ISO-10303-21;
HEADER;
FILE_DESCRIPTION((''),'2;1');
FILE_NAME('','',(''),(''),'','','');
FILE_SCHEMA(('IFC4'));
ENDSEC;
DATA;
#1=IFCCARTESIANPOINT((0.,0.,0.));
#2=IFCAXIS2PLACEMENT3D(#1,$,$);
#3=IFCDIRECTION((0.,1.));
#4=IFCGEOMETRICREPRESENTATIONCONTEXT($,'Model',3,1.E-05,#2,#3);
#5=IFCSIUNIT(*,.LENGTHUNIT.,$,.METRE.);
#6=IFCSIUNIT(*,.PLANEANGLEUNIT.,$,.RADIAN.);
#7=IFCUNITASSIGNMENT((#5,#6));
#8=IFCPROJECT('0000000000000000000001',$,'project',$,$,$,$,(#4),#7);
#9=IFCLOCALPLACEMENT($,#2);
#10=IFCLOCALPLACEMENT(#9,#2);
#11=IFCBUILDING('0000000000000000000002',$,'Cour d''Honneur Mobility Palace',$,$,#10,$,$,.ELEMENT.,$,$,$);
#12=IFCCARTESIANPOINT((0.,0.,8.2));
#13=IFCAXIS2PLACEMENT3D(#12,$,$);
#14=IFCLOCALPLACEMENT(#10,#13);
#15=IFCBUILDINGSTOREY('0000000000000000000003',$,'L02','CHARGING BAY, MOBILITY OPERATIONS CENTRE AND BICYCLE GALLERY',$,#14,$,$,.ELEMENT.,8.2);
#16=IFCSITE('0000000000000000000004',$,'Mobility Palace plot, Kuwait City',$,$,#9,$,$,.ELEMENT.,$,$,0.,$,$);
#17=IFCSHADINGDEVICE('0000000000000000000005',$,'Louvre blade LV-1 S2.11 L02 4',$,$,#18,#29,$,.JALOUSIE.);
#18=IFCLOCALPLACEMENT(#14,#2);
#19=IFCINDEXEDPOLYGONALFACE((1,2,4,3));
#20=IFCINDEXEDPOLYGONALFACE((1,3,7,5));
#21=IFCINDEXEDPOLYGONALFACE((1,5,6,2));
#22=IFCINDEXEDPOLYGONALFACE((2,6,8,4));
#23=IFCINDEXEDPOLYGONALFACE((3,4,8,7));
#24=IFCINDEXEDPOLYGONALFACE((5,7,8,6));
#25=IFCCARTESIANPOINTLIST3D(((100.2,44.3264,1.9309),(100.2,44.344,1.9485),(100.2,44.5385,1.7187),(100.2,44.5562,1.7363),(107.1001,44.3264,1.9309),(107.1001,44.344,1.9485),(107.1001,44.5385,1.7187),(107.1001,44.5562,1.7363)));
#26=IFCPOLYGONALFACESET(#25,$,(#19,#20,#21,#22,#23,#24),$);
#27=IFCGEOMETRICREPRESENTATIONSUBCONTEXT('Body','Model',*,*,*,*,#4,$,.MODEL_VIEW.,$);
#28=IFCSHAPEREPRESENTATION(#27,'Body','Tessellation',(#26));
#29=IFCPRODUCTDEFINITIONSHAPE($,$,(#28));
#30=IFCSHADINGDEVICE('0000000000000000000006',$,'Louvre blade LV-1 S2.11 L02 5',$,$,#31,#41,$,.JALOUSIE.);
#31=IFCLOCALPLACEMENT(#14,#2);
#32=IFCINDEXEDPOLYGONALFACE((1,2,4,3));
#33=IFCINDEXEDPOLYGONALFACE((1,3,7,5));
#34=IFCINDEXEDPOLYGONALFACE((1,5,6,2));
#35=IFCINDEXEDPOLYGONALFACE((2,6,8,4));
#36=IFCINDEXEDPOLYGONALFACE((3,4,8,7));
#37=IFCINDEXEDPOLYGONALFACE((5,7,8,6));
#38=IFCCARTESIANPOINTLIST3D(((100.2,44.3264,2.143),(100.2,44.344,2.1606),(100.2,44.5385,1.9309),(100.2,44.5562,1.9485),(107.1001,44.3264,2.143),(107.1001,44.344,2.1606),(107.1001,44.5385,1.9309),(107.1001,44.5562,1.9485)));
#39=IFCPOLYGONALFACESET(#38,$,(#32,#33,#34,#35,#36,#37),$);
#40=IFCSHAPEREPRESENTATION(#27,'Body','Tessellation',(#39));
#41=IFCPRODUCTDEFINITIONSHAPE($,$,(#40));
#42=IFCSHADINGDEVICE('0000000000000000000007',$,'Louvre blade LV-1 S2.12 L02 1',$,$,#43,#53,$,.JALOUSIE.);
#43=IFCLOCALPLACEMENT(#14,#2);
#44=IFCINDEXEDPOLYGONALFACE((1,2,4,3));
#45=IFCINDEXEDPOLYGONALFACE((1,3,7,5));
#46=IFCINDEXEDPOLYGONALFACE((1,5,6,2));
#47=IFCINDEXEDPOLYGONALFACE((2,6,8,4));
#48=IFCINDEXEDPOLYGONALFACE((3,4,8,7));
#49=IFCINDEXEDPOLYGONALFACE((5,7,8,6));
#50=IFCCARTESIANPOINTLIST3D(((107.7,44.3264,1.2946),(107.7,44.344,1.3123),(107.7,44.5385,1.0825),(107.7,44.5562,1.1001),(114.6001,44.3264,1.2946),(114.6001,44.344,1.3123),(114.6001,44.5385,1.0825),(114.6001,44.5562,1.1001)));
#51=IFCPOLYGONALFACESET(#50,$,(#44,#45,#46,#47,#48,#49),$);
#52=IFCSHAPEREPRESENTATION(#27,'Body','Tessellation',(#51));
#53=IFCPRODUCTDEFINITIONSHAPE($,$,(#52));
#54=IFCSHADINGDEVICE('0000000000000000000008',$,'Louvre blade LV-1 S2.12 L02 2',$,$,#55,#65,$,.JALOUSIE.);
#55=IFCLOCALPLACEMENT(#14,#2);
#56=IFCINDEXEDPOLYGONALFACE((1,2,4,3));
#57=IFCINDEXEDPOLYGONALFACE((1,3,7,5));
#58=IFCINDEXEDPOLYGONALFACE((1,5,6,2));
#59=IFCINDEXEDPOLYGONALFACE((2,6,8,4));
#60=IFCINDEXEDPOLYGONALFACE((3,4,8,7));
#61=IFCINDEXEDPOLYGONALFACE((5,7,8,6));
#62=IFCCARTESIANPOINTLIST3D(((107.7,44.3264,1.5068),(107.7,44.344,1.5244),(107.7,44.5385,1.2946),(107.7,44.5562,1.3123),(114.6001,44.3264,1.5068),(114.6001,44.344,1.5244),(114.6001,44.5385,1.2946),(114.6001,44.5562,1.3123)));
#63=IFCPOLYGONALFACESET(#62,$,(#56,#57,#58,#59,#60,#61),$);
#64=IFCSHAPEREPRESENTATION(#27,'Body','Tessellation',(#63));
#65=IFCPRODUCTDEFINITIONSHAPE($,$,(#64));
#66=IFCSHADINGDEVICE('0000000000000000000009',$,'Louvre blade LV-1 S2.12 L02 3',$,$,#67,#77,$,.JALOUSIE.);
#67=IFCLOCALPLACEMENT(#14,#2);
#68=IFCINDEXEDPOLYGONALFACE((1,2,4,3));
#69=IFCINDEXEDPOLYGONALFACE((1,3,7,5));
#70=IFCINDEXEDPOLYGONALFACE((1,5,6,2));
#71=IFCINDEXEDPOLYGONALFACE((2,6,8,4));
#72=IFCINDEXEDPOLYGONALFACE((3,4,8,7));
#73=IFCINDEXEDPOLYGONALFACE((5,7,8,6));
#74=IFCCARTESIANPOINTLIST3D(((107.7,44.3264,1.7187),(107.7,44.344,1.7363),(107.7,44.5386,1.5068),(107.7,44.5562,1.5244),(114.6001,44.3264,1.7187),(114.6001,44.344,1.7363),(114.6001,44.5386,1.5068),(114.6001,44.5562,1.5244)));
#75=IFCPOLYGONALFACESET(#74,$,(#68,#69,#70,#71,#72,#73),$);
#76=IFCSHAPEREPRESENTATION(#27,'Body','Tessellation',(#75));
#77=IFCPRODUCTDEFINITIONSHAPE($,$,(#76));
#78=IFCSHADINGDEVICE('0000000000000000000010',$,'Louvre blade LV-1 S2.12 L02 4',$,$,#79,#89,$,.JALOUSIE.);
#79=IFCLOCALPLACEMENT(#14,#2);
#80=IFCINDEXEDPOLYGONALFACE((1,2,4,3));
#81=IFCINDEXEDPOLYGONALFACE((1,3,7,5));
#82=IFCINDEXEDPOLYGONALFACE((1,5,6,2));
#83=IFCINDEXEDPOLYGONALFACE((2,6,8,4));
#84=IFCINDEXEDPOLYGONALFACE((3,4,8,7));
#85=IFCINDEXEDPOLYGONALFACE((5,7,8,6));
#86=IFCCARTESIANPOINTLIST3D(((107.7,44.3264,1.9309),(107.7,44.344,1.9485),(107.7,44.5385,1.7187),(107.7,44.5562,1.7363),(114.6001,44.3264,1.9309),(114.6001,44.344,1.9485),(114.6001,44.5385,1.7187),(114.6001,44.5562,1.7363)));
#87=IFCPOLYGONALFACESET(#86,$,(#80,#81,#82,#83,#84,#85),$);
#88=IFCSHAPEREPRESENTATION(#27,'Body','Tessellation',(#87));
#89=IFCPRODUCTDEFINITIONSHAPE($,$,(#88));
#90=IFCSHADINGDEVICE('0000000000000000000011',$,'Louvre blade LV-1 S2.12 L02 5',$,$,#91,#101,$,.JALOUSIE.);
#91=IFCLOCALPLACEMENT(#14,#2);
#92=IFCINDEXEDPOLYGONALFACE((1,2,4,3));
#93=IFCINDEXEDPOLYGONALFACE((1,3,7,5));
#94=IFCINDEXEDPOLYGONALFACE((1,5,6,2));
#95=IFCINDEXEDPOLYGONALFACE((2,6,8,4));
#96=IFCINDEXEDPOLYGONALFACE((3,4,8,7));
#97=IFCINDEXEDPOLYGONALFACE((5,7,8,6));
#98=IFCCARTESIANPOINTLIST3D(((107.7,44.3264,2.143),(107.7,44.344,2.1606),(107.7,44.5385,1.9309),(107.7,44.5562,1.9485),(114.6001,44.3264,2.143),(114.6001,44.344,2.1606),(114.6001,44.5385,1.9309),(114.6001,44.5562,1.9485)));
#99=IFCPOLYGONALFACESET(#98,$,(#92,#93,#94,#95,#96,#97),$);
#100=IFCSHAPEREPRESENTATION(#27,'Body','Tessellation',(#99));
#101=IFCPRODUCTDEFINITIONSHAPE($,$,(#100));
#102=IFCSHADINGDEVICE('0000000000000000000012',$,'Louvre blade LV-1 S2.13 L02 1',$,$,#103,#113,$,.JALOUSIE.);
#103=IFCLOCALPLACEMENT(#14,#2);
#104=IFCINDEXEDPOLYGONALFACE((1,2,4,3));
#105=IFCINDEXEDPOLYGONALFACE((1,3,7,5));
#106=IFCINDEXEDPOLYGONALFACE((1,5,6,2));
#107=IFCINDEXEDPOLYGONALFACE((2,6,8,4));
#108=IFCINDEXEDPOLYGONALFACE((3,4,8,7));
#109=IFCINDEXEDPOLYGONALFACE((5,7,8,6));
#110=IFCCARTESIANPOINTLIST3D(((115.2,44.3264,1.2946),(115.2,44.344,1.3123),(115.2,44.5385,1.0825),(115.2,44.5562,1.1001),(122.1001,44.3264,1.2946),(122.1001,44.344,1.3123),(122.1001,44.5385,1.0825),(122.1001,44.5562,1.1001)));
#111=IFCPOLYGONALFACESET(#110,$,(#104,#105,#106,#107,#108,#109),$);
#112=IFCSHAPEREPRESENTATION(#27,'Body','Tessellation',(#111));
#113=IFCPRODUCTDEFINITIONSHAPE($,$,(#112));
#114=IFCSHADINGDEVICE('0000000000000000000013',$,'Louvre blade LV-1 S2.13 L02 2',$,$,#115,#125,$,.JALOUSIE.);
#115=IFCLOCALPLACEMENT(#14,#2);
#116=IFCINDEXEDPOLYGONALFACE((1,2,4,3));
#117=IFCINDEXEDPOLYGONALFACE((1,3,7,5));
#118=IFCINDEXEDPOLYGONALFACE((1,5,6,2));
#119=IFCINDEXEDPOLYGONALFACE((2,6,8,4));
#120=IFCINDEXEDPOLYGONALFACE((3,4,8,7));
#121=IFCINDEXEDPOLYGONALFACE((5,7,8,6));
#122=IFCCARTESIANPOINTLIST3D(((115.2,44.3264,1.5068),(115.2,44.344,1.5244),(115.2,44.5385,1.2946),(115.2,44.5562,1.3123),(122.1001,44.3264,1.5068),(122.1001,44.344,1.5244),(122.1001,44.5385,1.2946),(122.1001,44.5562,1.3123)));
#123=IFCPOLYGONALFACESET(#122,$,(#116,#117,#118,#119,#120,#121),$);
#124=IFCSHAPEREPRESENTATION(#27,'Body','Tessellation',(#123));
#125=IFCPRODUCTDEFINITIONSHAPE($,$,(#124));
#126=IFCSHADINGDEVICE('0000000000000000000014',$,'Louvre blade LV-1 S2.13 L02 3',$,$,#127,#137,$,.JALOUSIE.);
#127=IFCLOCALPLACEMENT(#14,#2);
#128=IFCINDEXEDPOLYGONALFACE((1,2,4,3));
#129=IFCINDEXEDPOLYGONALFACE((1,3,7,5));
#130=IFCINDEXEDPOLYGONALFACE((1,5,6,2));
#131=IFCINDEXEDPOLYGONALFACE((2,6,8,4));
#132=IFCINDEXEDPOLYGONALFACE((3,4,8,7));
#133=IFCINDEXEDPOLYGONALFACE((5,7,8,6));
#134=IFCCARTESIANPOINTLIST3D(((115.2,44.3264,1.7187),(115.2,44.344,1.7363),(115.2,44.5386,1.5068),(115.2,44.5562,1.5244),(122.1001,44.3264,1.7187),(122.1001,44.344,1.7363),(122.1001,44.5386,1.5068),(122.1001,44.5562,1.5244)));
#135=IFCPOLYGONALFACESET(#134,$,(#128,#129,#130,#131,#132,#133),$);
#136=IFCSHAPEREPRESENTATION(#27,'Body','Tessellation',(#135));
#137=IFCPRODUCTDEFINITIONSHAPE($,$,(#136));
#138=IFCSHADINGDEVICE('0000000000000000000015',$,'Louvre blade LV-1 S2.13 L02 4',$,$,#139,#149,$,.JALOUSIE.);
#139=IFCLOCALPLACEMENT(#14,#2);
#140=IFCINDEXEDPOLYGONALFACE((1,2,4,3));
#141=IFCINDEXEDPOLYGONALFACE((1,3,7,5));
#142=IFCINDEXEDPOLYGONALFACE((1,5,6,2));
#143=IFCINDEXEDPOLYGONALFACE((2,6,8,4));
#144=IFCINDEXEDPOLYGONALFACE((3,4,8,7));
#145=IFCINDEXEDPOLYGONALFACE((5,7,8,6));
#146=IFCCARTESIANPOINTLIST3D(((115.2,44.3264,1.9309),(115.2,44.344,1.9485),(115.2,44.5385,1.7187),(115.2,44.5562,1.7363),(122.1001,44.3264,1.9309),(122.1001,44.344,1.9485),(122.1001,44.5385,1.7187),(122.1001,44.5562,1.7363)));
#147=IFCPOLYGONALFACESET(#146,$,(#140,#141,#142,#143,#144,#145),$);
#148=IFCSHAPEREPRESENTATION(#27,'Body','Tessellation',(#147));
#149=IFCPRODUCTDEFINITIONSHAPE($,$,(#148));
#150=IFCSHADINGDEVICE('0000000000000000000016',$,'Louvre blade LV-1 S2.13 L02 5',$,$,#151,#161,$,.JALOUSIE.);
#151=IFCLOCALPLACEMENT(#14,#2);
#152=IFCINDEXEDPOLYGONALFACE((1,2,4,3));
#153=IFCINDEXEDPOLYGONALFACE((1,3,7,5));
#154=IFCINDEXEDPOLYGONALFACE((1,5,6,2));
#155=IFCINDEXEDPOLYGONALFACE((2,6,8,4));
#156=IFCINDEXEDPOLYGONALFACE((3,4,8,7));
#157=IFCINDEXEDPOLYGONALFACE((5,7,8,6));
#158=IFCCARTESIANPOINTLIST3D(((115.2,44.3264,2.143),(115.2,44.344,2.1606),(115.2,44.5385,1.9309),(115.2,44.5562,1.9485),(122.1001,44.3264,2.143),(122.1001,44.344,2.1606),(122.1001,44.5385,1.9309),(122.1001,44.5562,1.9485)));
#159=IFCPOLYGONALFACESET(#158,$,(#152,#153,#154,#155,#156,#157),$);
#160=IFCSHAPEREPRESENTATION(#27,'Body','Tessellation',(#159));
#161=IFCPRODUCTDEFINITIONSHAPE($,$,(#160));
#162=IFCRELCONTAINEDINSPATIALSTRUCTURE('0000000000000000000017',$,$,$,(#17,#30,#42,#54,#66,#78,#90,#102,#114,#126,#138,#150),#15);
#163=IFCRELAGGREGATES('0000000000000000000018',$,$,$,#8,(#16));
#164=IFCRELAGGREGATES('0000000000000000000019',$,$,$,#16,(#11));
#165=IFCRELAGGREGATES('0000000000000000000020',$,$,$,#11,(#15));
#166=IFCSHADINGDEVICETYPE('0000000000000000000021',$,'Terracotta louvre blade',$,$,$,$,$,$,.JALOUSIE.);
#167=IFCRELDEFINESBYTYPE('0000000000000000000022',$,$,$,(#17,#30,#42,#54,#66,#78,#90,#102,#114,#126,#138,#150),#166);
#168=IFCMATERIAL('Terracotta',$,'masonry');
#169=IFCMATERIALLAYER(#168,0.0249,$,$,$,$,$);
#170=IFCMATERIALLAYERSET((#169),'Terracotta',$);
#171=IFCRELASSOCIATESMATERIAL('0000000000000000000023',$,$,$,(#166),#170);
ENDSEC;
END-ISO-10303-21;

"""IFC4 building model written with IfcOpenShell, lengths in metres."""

from ifc_helpers import new_model, si_unit, direction, frame, origin, place, context, subcontext, project, spatial, polyline, outline, extrude, material, layer, layer_set, type_object, element, save


model = new_model("IFC4")

# Units and contexts
model_context = context("Model", 3, precision=1e-05, world=origin(), true_north=direction((0.0, 1.0)))
body_context = subcontext(model_context, "Body", "Model", "MODEL_VIEW")
ifc_project = project(units=[si_unit("LENGTHUNIT", "METRE"), si_unit("PLANEANGLEUNIT", "RADIAN")], contexts=[model_context])

# Site, building, storey
site_placement = place(None, origin())
site = spatial("IfcSite", under=ifc_project, at=site_placement, Name="Mobility Palace plot, Kuwait City", CompositionType="ELEMENT", RefElevation=0.0)
building_placement = place(site_placement, origin())
building = spatial("IfcBuilding", under=site, at=building_placement, Name="Cour d'Honneur Mobility Palace", CompositionType="ELEMENT")
storey_placement = place(building_placement, frame((0.0, 0.0, 8.2)))
storey = spatial("IfcBuildingStorey", under=building, at=storey_placement, Name="L02", Description="CHARGING BAY, MOBILITY OPERATIONS CENTRE AND BICYCLE GALLERY", CompositionType="ELEMENT", Elevation=8.2)

# Shading devices
ifc_material_1 = material(Name="Terracotta", Category="masonry")
ifc_layer_1 = layer(ifc_material_1, 0.0249)
ifc_layer_set_1 = layer_set([ifc_layer_1], Name="Terracotta")
shading_device_type = type_object("IfcShadingDeviceType", Name="Terracotta louvre blade", PredefinedType="JALOUSIE", material=ifc_layer_set_1)
for number, where, z_axis, x_axis, name in (
    (1, (100.2, 44.5562, 1.7363), (0.0, 0.707107, 0.707107), (1.0, 0.0, 0.0), "Louvre blade LV-1 S2.11 L02 4"),
    (2, (100.2, 44.5562, 1.9485), (0.0, 0.707107, 0.707107), (1.0, 0.0, 0.0), "Louvre blade LV-1 S2.11 L02 5"),
    (3, (107.7, 44.5562, 1.1001), (0.0, 0.707107, 0.707107), (1.0, 0.0, 0.0), "Louvre blade LV-1 S2.12 L02 1"),
    (4, (107.7, 44.5562, 1.3123), (0.0, 0.707107, 0.707107), (1.0, 0.0, 0.0), "Louvre blade LV-1 S2.12 L02 2"),
):
    element("IfcShadingDevice", number, at=place(storey_placement, frame(where, z_axis=z_axis, x_axis=x_axis)), inside=storey, type_object=shading_device_type, Name=name, PredefinedType="JALOUSIE", context=body_context, shape_type="SweptSolid", body=[
        extrude(outline(polyline([(0.0, 0.0), (6.9001, 0.0), (6.9001, -0.3), (0.0, -0.3), (0.0, 0.0)])), origin(), (0.0, 0.0, -1.0), 0.0249),
    ])
shading_device_1_placement = place(storey_placement, frame((107.7, 44.5562, 1.5244), z_axis=(0.0, 0.7067, 0.707514), x_axis=(1.0, 0.0, 0.0)))
element("IfcShadingDevice", 5, at=shading_device_1_placement, inside=storey, type_object=shading_device_type, Name="Louvre blade LV-1 S2.12 L02 3", PredefinedType="JALOUSIE", context=body_context, shape_type="SweptSolid", body=[
    extrude(outline(polyline([(0.0, 0.0), (6.9001, 0.0), (6.9001, -0.2999), (0.0, -0.2999), (0.0, 0.0)])), origin(), (0.0, 0.0, -1.0), 0.0249),
])
for number, where, z_axis, x_axis, name in (
    (6, (107.7, 44.5562, 1.7363), (0.0, 0.707107, 0.707107), (1.0, 0.0, 0.0), "Louvre blade LV-1 S2.12 L02 4"),
    (7, (107.7, 44.5562, 1.9485), (0.0, 0.707107, 0.707107), (1.0, 0.0, 0.0), "Louvre blade LV-1 S2.12 L02 5"),
    (8, (115.2, 44.5562, 1.1001), (0.0, 0.707107, 0.707107), (1.0, 0.0, 0.0), "Louvre blade LV-1 S2.13 L02 1"),
    (9, (115.2, 44.5562, 1.3123), (0.0, 0.707107, 0.707107), (1.0, 0.0, 0.0), "Louvre blade LV-1 S2.13 L02 2"),
):
    element("IfcShadingDevice", number, at=place(storey_placement, frame(where, z_axis=z_axis, x_axis=x_axis)), inside=storey, type_object=shading_device_type, Name=name, PredefinedType="JALOUSIE", context=body_context, shape_type="SweptSolid", body=[
        extrude(outline(polyline([(0.0, 0.0), (6.9001, 0.0), (6.9001, -0.3), (0.0, -0.3), (0.0, 0.0)])), origin(), (0.0, 0.0, -1.0), 0.0249),
    ])
shading_device_2_placement = place(storey_placement, frame((115.2, 44.5562, 1.5244), z_axis=(0.0, 0.7067, 0.707514), x_axis=(1.0, 0.0, 0.0)))
element("IfcShadingDevice", 10, at=shading_device_2_placement, inside=storey, type_object=shading_device_type, Name="Louvre blade LV-1 S2.13 L02 3", PredefinedType="JALOUSIE", context=body_context, shape_type="SweptSolid", body=[
    extrude(outline(polyline([(0.0, 0.0), (6.9001, 0.0), (6.9001, -0.2999), (0.0, -0.2999), (0.0, 0.0)])), origin(), (0.0, 0.0, -1.0), 0.0249),
])
for number, where, z_axis, x_axis, name in (
    (11, (115.2, 44.5562, 1.7363), (0.0, 0.707107, 0.707107), (1.0, 0.0, 0.0), "Louvre blade LV-1 S2.13 L02 4"),
    (12, (115.2, 44.5562, 1.9485), (0.0, 0.707107, 0.707107), (1.0, 0.0, 0.0), "Louvre blade LV-1 S2.13 L02 5"),
):
    element("IfcShadingDevice", number, at=place(storey_placement, frame(where, z_axis=z_axis, x_axis=x_axis)), inside=storey, type_object=shading_device_type, Name=name, PredefinedType="JALOUSIE", context=body_context, shape_type="SweptSolid", body=[
        extrude(outline(polyline([(0.0, 0.0), (6.9001, 0.0), (6.9001, -0.3), (0.0, -0.3), (0.0, 0.0)])), origin(), (0.0, 0.0, -1.0), 0.0249),
    ])

save(model, "model.ifc")
